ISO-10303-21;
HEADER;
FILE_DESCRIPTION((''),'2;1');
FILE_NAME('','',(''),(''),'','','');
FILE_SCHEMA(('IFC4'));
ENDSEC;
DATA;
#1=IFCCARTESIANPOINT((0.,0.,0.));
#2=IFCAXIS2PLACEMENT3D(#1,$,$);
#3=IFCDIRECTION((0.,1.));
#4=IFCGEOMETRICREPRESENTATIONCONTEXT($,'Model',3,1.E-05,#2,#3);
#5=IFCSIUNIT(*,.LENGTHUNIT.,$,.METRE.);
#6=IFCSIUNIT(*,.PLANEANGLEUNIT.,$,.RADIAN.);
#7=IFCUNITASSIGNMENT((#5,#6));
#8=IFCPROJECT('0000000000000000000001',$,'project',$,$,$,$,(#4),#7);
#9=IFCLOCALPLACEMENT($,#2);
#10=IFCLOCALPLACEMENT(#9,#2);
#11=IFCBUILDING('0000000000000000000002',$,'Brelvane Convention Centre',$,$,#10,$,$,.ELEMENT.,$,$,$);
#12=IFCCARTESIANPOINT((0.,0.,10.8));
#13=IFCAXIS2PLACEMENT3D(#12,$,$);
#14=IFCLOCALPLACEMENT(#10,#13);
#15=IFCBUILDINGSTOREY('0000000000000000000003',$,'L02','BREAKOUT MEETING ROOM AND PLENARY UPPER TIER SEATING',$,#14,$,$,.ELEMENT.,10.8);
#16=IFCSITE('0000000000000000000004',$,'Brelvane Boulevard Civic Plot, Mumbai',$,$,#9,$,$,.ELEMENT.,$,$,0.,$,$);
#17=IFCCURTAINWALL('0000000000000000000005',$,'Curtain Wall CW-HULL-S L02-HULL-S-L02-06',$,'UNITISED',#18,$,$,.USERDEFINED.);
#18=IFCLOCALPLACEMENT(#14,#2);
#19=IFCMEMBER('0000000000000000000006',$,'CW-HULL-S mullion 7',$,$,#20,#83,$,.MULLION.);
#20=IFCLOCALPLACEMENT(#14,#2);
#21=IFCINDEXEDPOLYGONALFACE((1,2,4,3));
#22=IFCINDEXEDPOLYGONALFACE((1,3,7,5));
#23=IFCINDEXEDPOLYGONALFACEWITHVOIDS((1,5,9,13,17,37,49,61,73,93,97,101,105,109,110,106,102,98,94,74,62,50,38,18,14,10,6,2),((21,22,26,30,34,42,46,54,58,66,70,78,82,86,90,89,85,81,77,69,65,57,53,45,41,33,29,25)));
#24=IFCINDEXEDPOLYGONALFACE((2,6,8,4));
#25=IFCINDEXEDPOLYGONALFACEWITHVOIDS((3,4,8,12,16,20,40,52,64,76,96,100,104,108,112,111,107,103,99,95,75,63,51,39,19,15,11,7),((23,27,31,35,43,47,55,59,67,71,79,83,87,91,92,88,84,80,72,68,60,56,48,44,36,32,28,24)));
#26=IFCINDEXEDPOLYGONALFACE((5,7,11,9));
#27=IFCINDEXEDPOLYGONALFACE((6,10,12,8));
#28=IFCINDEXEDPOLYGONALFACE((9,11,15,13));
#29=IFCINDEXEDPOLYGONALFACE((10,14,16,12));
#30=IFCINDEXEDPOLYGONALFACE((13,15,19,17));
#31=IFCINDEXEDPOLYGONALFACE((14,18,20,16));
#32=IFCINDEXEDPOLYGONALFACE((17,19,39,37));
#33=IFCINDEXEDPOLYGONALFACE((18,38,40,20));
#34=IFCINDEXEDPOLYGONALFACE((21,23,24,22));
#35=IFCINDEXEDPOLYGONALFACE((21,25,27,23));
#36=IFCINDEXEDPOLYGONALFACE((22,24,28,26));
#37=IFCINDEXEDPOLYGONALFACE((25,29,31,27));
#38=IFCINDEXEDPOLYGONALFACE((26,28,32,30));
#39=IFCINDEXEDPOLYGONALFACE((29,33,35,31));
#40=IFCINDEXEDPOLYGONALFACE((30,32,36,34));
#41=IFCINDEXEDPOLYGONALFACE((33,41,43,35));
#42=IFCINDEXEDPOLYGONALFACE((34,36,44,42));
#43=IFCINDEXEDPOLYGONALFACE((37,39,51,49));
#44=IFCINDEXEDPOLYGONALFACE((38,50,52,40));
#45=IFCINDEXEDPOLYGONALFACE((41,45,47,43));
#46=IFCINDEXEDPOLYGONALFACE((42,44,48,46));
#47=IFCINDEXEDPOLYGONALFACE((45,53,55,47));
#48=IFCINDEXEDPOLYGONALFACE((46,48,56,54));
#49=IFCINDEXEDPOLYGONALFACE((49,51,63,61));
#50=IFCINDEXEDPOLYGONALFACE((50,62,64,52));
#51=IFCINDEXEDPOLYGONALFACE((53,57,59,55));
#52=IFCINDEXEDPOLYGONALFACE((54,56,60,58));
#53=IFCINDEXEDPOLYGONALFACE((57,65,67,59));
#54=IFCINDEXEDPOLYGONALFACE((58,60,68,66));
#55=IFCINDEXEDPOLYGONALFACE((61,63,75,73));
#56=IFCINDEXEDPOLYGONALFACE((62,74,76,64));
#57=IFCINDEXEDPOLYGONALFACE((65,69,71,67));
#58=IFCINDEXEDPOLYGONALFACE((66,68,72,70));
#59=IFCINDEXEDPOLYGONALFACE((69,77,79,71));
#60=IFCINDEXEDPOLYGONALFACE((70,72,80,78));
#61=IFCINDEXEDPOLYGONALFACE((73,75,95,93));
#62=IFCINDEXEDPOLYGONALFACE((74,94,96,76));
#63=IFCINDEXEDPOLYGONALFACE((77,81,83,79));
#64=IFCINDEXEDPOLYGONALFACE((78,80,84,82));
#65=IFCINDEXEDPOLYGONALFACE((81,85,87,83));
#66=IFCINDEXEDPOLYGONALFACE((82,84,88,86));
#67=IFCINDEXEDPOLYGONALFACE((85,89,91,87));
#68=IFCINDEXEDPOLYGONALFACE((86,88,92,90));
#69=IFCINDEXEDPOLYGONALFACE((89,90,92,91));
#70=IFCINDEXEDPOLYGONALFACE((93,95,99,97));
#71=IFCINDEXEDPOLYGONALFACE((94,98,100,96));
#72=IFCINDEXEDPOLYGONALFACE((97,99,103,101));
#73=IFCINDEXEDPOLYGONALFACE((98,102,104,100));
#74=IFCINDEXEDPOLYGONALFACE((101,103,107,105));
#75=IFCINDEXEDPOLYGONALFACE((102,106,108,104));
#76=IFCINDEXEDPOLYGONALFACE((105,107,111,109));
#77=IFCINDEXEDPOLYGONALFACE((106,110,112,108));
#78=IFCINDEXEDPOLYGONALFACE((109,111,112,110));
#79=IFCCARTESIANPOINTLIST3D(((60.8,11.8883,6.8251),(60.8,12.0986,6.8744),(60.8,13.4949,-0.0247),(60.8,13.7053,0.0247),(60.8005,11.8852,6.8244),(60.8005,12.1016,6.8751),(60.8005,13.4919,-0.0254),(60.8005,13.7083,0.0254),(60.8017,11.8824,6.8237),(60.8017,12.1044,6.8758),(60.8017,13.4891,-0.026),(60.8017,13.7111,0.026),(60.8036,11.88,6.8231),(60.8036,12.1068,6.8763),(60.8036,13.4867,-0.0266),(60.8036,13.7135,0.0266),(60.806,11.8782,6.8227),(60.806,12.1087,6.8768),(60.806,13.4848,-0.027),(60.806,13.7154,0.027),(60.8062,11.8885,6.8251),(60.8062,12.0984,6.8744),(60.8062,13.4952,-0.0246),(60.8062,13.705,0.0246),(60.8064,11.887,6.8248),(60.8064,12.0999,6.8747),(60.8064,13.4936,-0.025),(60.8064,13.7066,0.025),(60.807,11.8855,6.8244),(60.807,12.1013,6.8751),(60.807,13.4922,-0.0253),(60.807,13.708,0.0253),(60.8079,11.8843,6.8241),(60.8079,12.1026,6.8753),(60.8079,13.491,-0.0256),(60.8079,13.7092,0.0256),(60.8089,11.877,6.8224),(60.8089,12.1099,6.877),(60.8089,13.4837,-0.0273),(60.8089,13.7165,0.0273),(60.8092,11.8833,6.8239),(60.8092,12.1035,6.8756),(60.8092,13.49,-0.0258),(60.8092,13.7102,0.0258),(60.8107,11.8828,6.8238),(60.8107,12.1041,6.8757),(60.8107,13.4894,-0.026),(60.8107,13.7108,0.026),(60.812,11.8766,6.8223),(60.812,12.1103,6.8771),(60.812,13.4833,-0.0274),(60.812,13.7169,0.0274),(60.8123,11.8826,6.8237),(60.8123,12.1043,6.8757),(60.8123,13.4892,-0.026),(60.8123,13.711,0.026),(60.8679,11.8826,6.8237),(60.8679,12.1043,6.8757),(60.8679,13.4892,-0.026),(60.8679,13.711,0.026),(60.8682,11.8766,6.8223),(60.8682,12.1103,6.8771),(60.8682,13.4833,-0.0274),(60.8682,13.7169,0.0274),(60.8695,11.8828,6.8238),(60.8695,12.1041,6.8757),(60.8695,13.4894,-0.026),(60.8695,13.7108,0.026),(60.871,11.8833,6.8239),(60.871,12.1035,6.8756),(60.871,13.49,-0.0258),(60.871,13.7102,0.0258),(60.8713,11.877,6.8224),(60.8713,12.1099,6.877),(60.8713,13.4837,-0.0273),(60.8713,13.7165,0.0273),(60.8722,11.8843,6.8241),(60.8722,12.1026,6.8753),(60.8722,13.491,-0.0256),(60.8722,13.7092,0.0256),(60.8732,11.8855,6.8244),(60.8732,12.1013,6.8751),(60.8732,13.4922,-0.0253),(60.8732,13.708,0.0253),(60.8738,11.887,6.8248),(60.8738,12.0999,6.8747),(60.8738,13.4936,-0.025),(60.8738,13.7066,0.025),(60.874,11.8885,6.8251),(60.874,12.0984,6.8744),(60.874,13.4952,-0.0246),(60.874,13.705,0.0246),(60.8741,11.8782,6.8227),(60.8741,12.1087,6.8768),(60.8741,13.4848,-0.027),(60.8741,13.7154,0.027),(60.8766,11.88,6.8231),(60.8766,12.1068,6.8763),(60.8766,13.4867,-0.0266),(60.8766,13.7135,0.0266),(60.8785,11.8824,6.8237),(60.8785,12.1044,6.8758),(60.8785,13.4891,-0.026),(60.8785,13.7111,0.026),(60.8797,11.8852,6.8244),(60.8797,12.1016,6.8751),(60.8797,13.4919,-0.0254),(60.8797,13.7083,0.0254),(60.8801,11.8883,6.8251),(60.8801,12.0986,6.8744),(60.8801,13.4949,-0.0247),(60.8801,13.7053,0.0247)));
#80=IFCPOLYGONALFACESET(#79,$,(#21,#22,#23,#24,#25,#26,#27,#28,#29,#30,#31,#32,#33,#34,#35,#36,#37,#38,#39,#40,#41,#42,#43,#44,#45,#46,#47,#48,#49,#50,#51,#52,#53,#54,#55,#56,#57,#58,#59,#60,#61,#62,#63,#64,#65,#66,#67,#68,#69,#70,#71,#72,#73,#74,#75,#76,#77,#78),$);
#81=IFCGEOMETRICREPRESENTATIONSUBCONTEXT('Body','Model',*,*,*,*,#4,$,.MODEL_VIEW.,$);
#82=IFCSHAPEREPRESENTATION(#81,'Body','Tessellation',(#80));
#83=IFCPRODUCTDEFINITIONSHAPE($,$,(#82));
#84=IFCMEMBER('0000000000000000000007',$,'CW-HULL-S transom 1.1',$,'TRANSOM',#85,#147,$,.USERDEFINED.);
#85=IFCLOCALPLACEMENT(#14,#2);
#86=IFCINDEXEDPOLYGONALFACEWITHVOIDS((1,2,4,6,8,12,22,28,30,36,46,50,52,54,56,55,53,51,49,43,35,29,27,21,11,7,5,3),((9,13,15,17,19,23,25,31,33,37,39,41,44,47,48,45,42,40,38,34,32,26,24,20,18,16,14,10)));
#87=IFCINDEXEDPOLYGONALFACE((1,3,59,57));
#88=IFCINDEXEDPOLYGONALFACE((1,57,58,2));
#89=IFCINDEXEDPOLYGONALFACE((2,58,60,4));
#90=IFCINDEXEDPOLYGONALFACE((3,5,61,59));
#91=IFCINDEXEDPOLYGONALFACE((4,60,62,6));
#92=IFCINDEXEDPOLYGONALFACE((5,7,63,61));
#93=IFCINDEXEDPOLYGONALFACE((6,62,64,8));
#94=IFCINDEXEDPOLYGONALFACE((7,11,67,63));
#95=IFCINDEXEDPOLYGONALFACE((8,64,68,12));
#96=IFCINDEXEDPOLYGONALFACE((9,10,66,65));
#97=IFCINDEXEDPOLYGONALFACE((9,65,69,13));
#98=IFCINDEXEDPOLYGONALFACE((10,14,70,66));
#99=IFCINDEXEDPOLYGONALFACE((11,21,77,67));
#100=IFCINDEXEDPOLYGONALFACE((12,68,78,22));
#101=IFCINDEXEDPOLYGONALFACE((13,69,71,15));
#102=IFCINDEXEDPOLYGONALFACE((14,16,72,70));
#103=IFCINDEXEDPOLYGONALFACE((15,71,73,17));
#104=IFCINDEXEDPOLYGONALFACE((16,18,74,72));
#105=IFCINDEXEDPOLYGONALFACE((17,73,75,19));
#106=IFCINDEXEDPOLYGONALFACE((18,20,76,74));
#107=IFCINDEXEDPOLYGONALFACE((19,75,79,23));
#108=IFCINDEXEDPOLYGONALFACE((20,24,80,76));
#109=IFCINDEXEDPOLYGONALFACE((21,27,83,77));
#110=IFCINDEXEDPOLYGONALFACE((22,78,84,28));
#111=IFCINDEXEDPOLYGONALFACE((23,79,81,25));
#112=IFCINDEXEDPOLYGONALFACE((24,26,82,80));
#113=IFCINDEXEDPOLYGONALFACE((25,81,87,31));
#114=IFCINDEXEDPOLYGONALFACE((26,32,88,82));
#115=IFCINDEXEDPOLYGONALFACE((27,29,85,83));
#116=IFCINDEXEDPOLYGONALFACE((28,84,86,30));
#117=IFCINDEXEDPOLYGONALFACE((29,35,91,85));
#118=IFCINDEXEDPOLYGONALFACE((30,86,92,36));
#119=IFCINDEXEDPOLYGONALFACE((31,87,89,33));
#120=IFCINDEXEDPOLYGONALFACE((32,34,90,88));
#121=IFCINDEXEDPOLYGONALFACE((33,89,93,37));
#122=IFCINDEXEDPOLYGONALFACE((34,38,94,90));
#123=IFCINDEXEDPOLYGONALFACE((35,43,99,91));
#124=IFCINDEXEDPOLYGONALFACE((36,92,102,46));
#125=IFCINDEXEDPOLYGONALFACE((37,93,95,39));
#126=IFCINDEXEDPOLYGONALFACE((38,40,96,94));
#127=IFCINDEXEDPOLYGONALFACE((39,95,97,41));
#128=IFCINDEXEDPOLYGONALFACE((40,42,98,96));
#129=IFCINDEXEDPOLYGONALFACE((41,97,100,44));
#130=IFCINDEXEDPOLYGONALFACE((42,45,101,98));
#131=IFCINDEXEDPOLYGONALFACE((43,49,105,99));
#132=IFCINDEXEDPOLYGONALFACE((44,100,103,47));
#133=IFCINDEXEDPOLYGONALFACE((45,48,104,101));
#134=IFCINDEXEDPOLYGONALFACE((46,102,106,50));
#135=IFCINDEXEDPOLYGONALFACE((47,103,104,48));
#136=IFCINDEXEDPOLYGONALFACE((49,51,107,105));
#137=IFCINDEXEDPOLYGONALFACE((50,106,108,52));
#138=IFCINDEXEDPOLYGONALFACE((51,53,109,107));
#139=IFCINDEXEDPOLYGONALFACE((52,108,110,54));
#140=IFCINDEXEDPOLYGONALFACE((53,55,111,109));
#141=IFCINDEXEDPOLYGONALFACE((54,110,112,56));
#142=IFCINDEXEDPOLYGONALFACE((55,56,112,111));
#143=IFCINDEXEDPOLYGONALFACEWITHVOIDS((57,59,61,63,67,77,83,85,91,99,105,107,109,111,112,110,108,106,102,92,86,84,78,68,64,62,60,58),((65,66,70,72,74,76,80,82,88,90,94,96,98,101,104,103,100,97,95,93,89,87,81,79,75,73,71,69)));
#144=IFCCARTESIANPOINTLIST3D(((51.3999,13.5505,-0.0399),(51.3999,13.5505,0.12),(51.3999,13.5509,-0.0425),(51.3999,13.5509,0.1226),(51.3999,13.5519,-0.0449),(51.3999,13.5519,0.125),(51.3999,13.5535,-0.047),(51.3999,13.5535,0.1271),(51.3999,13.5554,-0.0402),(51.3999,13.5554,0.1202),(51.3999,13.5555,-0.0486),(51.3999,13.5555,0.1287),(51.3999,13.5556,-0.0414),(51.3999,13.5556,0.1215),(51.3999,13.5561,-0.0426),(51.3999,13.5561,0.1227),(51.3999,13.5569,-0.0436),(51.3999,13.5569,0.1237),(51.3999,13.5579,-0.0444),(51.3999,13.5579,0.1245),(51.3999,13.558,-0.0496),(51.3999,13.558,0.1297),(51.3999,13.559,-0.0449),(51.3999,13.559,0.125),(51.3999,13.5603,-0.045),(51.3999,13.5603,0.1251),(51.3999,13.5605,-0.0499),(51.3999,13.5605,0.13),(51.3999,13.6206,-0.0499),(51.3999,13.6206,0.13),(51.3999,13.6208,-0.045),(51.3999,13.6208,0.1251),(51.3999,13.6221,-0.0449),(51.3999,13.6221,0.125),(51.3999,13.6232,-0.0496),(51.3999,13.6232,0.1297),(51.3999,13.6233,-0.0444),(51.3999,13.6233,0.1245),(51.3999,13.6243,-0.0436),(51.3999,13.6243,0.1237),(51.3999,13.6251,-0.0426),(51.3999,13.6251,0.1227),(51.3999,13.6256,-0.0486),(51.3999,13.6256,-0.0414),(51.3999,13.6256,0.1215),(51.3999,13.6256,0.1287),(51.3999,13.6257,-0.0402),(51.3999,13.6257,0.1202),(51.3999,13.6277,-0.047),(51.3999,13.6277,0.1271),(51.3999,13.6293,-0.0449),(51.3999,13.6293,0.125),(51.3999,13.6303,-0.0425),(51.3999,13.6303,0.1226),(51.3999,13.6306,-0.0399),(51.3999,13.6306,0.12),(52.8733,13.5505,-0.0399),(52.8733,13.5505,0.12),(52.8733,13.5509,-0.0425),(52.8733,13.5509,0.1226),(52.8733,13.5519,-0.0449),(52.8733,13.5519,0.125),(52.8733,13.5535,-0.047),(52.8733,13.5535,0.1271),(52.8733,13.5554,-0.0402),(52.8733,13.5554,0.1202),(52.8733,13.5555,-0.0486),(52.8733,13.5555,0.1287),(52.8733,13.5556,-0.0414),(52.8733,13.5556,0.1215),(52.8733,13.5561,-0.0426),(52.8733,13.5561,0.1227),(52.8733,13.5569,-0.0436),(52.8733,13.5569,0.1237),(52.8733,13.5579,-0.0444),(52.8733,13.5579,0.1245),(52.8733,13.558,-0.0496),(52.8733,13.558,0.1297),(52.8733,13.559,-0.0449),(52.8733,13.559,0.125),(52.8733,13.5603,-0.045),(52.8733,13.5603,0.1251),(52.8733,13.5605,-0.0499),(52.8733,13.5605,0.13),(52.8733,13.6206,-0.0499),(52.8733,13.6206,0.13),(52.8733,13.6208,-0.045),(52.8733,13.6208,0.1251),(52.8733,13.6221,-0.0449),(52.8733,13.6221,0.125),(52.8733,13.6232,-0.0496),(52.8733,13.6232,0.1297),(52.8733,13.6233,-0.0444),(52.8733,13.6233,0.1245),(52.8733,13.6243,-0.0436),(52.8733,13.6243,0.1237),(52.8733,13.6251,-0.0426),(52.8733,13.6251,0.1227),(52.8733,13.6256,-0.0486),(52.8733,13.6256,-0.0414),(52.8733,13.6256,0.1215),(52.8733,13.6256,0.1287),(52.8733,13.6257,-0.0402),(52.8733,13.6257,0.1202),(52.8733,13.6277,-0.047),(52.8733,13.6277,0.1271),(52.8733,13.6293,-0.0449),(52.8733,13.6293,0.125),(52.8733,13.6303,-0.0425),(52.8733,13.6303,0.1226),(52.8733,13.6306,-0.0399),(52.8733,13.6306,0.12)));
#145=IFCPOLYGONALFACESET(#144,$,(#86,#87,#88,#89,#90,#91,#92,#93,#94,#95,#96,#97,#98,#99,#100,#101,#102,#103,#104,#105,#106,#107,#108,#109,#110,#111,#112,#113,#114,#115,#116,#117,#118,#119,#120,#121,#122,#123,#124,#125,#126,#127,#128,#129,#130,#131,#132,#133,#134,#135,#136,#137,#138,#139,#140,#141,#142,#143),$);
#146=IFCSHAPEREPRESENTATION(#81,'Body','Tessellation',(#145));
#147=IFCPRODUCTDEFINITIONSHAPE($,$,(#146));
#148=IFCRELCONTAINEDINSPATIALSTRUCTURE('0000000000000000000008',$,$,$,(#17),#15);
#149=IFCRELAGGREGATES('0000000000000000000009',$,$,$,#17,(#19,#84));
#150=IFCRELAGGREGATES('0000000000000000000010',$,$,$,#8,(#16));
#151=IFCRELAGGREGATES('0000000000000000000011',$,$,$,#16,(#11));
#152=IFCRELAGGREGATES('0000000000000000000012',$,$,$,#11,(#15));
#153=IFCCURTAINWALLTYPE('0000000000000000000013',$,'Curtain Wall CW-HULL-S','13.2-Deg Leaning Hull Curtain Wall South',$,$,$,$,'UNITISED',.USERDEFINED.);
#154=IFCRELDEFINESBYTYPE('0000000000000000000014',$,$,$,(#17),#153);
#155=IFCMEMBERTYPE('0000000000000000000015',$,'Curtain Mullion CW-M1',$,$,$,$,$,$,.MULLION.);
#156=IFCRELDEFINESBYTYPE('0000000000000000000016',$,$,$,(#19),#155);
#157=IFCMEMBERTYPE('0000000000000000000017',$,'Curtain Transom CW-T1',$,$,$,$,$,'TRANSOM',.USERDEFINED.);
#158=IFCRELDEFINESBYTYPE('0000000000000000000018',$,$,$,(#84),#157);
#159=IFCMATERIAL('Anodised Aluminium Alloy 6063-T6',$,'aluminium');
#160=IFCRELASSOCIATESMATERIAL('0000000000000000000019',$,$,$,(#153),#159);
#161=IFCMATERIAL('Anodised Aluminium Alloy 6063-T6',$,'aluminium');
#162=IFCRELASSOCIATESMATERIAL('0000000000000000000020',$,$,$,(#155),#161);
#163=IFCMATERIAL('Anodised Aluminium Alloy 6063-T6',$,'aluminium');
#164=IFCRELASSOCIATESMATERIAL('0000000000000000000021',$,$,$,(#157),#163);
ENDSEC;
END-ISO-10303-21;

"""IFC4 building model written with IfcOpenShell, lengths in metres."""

from ifc_helpers import new_model, si_unit, direction, frame, origin, origin_2d, place, context, subcontext, project, spatial, hollow_rectangle, extrude, material, material_profile, profile_set, type_object, element, aggregate, save


model = new_model("IFC4")

# Units and contexts
model_context = context("Model", 3, precision=1e-05, world=origin(), true_north=direction((0.0, 1.0)))
body_context = subcontext(model_context, "Body", "Model", "MODEL_VIEW")
ifc_project = project(units=[si_unit("LENGTHUNIT", "METRE"), si_unit("PLANEANGLEUNIT", "RADIAN")], contexts=[model_context])

# Site, building, storey
site_placement = place(None, origin())
site = spatial("IfcSite", under=ifc_project, at=site_placement, Name="Brelvane Boulevard Civic Plot, Mumbai", CompositionType="ELEMENT", RefElevation=0.0)
building_placement = place(site_placement, origin())
building = spatial("IfcBuilding", under=site, at=building_placement, Name="Brelvane Convention Centre", CompositionType="ELEMENT")
storey_placement = place(building_placement, frame((0.0, 0.0, 10.8)))
storey = spatial("IfcBuildingStorey", under=building, at=storey_placement, Name="L02", Description="BREAKOUT MEETING ROOM AND PLENARY UPPER TIER SEATING", CompositionType="ELEMENT", Elevation=10.8)

# Curtain wall, members
ifc_material_1 = material(Name="Anodised Aluminium Alloy 6063-T6", Category="aluminium")
curtain_wall_type = type_object("IfcCurtainWallType", Name="Curtain Wall CW-HULL-S", Description="13.2-Deg Leaning Hull Curtain Wall South", ElementType="UNITISED", PredefinedType="USERDEFINED", material=ifc_material_1)
curtain_wall_placement = place(storey_placement, origin())
curtain_wall = element("IfcCurtainWall", 1, at=curtain_wall_placement, inside=storey, type_object=curtain_wall_type, Name="Curtain Wall CW-HULL-S L02-HULL-S-L02-06", ObjectType="UNITISED", PredefinedType="USERDEFINED")
ifc_material_2 = material(Name="Anodised Aluminium Alloy 6063-T6", Category="aluminium")
ifc_material_profile_1 = material_profile(ifc_material_2, hollow_rectangle(XDim=0.0801, YDim=0.24, WallThickness=0.0061, InnerFilletRadius=0.0061, OuterFilletRadius=0.012, at=origin_2d()), Name="ALU-M 240x80x6.0")
ifc_profile_set_1 = profile_set([ifc_material_profile_1], Name="Anodised Aluminium Alloy 6063-T6")
member_type_1 = type_object("IfcMemberType", Name="Curtain Mullion CW-M1", PredefinedType="MULLION", material=ifc_profile_set_1)
member_1_placement = place(storey_placement, frame((60.8401, 13.6001, 0.0), z_axis=(0.0, -0.22836, 0.973577), x_axis=(1.0, 0.0, 0.0)))
member_1 = element("IfcMember", 2, at=member_1_placement, type_object=member_type_1, Name="CW-HULL-S mullion 7", PredefinedType="MULLION", context=body_context, shape_type="SweptSolid", body=[
    extrude(hollow_rectangle(XDim=0.0801, YDim=0.24, WallThickness=0.0061, InnerFilletRadius=0.0061, OuterFilletRadius=0.012, at=origin_2d()), origin(), (0.0, 0.0, 1.0), 7.0356),
])
ifc_material_3 = material(Name="Anodised Aluminium Alloy 6063-T6", Category="aluminium")
ifc_material_profile_2 = material_profile(ifc_material_3, hollow_rectangle(XDim=0.0801, YDim=0.1799, WallThickness=0.0049, InnerFilletRadius=0.0049, OuterFilletRadius=0.01, at=origin_2d()), Name="ALU-T 180x80x5.0")
ifc_profile_set_2 = profile_set([ifc_material_profile_2], Name="Anodised Aluminium Alloy 6063-T6")
member_type_2 = type_object("IfcMemberType", Name="Curtain Transom CW-T1", ElementType="TRANSOM", PredefinedType="USERDEFINED", material=ifc_profile_set_2)
member_2_placement = place(storey_placement, frame((51.3999, 13.5906, 0.04), z_axis=(1.0, 0.0, 0.0), x_axis=(0.0, 1.0, 0.0)))
member_2 = element("IfcMember", 3, at=member_2_placement, type_object=member_type_2, Name="CW-HULL-S transom 1.1", ObjectType="TRANSOM", PredefinedType="USERDEFINED", context=body_context, shape_type="SweptSolid", body=[
    extrude(hollow_rectangle(XDim=0.0801, YDim=0.1799, WallThickness=0.0049, InnerFilletRadius=0.0049, OuterFilletRadius=0.01, at=origin_2d()), origin(), (0.0, 0.0, 1.0), 1.4734),
])

aggregate(curtain_wall, [member_1, member_2])

save(model, "model.ifc")
